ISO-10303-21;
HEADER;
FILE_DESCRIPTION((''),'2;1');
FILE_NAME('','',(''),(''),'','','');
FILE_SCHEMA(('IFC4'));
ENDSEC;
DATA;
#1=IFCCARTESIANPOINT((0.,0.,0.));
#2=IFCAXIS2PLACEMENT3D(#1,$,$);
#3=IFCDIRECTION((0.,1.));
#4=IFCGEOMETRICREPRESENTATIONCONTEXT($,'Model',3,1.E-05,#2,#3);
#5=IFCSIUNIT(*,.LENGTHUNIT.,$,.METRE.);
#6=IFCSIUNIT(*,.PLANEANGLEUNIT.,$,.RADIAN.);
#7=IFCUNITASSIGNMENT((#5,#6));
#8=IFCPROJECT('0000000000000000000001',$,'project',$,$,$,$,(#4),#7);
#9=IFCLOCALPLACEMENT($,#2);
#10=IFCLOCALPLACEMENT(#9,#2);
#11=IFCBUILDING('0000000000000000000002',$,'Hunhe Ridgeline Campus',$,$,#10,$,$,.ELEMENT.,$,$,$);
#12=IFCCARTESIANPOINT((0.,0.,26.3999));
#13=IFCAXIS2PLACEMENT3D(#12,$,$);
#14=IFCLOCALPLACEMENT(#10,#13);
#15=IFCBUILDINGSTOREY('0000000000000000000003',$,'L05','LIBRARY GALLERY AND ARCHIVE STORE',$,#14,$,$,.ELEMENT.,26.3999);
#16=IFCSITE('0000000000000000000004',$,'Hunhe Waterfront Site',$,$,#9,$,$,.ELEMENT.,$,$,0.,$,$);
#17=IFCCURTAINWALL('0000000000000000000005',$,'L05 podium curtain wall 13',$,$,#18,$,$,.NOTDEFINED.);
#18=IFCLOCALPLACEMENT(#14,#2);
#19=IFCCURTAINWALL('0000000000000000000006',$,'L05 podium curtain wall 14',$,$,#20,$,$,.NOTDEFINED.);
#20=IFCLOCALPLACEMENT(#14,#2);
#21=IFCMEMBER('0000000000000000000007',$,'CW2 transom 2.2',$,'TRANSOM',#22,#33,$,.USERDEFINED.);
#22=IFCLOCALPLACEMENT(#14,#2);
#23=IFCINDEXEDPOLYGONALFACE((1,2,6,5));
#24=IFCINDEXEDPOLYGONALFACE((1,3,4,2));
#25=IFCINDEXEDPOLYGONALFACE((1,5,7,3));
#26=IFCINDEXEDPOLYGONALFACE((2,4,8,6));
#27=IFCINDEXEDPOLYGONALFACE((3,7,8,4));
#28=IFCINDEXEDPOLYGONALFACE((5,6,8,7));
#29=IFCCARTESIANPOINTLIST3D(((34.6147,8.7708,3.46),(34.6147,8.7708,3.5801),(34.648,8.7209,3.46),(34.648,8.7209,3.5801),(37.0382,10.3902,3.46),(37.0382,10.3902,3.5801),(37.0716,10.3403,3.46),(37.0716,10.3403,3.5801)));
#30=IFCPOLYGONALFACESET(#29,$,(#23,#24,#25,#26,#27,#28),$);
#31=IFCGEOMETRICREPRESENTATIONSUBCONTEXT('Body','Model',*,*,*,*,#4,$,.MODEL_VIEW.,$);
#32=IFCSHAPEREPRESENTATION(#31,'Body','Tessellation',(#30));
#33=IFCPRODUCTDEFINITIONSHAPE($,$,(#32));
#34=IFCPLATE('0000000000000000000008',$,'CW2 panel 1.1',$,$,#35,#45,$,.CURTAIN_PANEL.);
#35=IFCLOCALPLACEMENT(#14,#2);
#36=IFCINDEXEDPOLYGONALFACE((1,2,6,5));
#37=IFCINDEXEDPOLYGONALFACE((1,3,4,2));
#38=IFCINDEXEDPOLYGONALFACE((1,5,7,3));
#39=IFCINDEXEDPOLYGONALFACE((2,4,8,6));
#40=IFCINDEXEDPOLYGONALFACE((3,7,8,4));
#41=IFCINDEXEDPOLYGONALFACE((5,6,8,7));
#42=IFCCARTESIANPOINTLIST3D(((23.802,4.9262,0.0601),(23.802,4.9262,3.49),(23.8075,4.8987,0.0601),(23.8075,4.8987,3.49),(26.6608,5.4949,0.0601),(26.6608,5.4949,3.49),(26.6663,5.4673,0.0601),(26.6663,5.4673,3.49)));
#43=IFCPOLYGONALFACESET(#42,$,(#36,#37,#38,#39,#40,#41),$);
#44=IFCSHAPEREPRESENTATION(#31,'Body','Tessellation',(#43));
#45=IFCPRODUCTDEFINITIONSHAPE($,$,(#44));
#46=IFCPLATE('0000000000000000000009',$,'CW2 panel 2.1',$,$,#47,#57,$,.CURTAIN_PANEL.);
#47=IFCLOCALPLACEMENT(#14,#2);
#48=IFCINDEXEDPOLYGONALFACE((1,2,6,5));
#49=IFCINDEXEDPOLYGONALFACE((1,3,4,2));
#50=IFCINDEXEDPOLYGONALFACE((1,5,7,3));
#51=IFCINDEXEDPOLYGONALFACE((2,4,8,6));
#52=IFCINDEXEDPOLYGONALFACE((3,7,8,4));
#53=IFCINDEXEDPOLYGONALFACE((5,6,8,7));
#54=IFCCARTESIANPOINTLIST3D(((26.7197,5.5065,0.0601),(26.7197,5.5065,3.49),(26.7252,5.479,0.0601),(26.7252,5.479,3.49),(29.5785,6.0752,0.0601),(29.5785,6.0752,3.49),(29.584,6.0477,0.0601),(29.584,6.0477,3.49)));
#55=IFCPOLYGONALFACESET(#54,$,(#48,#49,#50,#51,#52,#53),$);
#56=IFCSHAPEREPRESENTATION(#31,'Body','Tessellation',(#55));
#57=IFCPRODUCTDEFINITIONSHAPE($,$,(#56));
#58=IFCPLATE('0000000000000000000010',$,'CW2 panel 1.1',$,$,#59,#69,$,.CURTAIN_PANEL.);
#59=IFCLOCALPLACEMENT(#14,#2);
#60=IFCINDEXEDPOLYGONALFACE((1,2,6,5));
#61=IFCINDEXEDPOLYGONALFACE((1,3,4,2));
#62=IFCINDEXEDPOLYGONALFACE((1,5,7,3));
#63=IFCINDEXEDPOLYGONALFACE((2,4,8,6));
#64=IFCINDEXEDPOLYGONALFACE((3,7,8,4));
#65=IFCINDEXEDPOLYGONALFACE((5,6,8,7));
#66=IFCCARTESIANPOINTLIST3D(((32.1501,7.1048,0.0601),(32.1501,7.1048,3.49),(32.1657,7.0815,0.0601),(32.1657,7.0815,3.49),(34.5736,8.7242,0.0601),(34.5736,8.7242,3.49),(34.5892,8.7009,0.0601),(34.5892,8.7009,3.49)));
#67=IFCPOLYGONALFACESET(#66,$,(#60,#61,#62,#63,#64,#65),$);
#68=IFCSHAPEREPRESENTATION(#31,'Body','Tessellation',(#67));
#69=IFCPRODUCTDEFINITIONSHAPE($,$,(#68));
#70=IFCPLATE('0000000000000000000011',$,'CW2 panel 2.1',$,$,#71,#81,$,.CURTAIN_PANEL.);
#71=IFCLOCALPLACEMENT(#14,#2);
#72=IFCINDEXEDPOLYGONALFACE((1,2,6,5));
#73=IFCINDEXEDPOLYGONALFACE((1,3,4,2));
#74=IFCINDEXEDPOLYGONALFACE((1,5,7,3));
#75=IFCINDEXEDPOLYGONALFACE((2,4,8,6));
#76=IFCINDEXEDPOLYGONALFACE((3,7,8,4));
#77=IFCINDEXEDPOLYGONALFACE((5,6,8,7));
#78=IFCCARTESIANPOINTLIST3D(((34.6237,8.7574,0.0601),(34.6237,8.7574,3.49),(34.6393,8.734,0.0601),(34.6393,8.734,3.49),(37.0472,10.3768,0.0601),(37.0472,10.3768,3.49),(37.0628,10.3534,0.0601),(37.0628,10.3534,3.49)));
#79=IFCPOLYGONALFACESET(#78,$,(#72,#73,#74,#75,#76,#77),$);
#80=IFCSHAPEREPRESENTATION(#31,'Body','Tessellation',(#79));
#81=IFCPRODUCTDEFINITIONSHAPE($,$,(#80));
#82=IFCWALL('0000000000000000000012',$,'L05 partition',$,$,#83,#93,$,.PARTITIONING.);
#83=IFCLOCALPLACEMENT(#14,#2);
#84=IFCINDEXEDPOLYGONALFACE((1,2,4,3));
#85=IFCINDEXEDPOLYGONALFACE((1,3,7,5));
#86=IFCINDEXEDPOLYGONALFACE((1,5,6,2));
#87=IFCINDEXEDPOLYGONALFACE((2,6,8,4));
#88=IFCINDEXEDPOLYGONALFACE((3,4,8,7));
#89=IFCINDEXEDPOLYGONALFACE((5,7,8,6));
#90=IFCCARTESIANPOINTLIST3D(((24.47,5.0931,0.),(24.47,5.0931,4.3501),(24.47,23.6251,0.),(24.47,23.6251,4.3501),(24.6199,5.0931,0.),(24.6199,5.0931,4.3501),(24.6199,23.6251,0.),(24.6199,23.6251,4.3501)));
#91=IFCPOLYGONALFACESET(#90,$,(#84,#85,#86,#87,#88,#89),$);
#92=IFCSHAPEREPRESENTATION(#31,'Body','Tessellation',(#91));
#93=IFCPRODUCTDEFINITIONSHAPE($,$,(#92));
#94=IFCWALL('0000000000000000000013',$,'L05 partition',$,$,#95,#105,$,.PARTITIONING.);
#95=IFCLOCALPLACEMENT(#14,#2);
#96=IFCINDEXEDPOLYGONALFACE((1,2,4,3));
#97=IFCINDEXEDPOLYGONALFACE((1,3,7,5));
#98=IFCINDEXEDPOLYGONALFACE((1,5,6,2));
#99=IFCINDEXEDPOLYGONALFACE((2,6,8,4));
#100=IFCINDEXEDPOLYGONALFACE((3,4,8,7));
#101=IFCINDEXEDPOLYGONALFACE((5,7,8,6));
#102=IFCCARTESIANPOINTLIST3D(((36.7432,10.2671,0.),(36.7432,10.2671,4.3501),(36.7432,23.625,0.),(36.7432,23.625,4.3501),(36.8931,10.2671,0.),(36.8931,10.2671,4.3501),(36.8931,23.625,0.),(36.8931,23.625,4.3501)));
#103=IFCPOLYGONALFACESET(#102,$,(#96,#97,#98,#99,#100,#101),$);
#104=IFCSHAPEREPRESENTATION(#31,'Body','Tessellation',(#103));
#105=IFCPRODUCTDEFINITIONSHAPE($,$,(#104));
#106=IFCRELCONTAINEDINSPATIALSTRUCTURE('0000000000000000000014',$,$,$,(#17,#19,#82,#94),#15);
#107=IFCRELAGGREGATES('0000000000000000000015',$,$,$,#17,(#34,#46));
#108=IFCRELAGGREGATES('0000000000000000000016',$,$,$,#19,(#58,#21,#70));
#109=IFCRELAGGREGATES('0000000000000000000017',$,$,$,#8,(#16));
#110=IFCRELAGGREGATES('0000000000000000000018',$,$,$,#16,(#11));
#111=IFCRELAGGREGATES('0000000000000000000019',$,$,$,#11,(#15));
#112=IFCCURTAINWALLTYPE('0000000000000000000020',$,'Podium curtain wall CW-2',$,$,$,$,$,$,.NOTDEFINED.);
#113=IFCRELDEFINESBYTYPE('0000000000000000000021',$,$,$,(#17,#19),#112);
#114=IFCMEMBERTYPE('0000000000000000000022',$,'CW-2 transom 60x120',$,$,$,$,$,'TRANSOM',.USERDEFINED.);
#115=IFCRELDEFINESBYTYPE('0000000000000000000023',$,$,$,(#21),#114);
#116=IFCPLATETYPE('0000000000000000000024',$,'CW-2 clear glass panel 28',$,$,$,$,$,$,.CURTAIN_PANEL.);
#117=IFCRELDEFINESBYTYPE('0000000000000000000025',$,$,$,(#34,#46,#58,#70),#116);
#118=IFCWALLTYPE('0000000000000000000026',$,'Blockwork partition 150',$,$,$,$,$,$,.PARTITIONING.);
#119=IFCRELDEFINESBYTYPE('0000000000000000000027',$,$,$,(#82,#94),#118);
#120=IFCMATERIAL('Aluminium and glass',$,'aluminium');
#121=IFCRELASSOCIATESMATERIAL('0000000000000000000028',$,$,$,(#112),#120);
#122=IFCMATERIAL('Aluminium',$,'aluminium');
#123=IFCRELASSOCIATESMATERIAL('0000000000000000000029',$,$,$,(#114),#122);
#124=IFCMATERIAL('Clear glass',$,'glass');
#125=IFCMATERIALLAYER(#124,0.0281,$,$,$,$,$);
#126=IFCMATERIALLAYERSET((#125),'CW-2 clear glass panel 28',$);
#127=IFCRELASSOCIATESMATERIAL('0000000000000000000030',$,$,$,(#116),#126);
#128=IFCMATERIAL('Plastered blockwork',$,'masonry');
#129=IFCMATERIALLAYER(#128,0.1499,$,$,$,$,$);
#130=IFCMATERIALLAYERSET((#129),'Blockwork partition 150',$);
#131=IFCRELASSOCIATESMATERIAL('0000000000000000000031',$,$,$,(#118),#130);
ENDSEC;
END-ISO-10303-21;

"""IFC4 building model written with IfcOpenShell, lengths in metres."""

from ifc_helpers import new_model, si_unit, direction, frame, frame_2d, origin, origin_2d, place, context, subcontext, project, spatial, rectangle, extrude, material, layer, layer_set, material_profile, profile_set, type_object, element, aggregate, save


model = new_model("IFC4")

# Units and contexts
model_context = context("Model", 3, precision=1e-05, world=origin(), true_north=direction((0.0, 1.0)))
body_context = subcontext(model_context, "Body", "Model", "MODEL_VIEW")
ifc_project = project(units=[si_unit("LENGTHUNIT", "METRE"), si_unit("PLANEANGLEUNIT", "RADIAN")], contexts=[model_context])

# Site, building, storey
site_placement = place(None, origin())
site = spatial("IfcSite", under=ifc_project, at=site_placement, Name="Hunhe Waterfront Site", CompositionType="ELEMENT", RefElevation=0.0)
building_placement = place(site_placement, origin())
building = spatial("IfcBuilding", under=site, at=building_placement, Name="Hunhe Ridgeline Campus", CompositionType="ELEMENT")
storey_placement = place(building_placement, frame((0.0, 0.0, 26.3999)))
storey = spatial("IfcBuildingStorey", under=building, at=storey_placement, Name="L05", Description="LIBRARY GALLERY AND ARCHIVE STORE", CompositionType="ELEMENT", Elevation=26.3999)

# Curtain walls
ifc_material_1 = material(Name="Aluminium and glass", Category="aluminium")
curtain_wall_type = type_object("IfcCurtainWallType", Name="Podium curtain wall CW-2", PredefinedType="NOTDEFINED", material=ifc_material_1)
curtain_wall_1_placement = place(storey_placement, origin())
curtain_wall_1 = element("IfcCurtainWall", 1, at=curtain_wall_1_placement, inside=storey, type_object=curtain_wall_type, Name="L05 podium curtain wall 13", PredefinedType="NOTDEFINED")
ifc_material_2 = material(Name="Aluminium", Category="aluminium")
curtain_wall_2_placement = place(storey_placement, origin())
curtain_wall_2 = element("IfcCurtainWall", 2, at=curtain_wall_2_placement, inside=storey, type_object=curtain_wall_type, Name="L05 podium curtain wall 14", PredefinedType="NOTDEFINED")

# Member
ifc_material_profile_1 = material_profile(ifc_material_2, rectangle(XDim=0.0601, YDim=0.1201, at=origin_2d()))
ifc_profile_set_1 = profile_set([ifc_material_profile_1], Name="Aluminium")
member_type_1 = type_object("IfcMemberType", Name="CW-2 transom 60x120", ElementType="TRANSOM", PredefinedType="USERDEFINED", material=ifc_profile_set_1)
member_1_placement = place(storey_placement, frame((34.6313, 8.7458, 3.52), z_axis=(0.83147, 0.55557, 0.0), x_axis=(-0.55557, 0.83147, 0.0)))
member_1 = element("IfcMember", 3, at=member_1_placement, type_object=member_type_1, Name="CW2 transom 2.2", ObjectType="TRANSOM", PredefinedType="USERDEFINED", context=body_context, shape_type="SweptSolid", body=[
    extrude(rectangle(XDim=0.0601, YDim=0.1201, at=origin_2d()), origin(), (0.0, 0.0, 1.0), 2.9148),
])

# Plates
ifc_material_3 = material(Name="Clear glass", Category="glass")
ifc_layer_1 = layer(ifc_material_3, 0.0281)
ifc_layer_set_1 = layer_set([ifc_layer_1], Name="CW-2 clear glass panel 28")
plate_type = type_object("IfcPlateType", Name="CW-2 clear glass panel 28", PredefinedType="CURTAIN_PANEL", material=ifc_layer_set_1)
plate_1_placement = place(storey_placement, frame((25.2341, 5.1968, 0.0601), z_axis=(0.0, 0.0, 1.0), x_axis=(0.980784, 0.195098, 0.0)))
plate_1 = element("IfcPlate", 4, at=plate_1_placement, type_object=plate_type, Name="CW2 panel 1.1", PredefinedType="CURTAIN_PANEL", context=body_context, shape_type="SweptSolid", body=[
    extrude(rectangle(XDim=2.9148, YDim=0.0281, at=origin_2d()), origin(), (0.0, 0.0, 1.0), 3.4299),
])
plate_2_placement = place(storey_placement, frame((28.1519, 5.7771, 0.0601), z_axis=(0.0, 0.0, 1.0), x_axis=(0.980784, 0.195098, 0.0)))
plate_2 = element("IfcPlate", 5, at=plate_2_placement, type_object=plate_type, Name="CW2 panel 2.1", PredefinedType="CURTAIN_PANEL", context=body_context, shape_type="SweptSolid", body=[
    extrude(rectangle(XDim=2.9148, YDim=0.0281, at=origin_2d()), origin(), (0.0, 0.0, 1.0), 3.4299),
])
aggregate(curtain_wall_1, [plate_1, plate_2])
plate_3_placement = place(storey_placement, frame((33.3696, 7.9028, 0.0601), z_axis=(0.0, 0.0, 1.0), x_axis=(0.831464, 0.555579, 0.0)))
plate_3 = element("IfcPlate", 6, at=plate_3_placement, type_object=plate_type, Name="CW2 panel 1.1", PredefinedType="CURTAIN_PANEL", context=body_context, shape_type="SweptSolid", body=[
    extrude(rectangle(XDim=2.9148, YDim=0.0281, at=origin_2d()), origin(), (0.0, 0.0, 1.0), 3.4299),
])
plate_4_placement = place(storey_placement, frame((35.8433, 9.5554, 0.0601), z_axis=(0.0, 0.0, 1.0), x_axis=(0.831464, 0.555579, 0.0)))
plate_4 = element("IfcPlate", 7, at=plate_4_placement, type_object=plate_type, Name="CW2 panel 2.1", PredefinedType="CURTAIN_PANEL", context=body_context, shape_type="SweptSolid", body=[
    extrude(rectangle(XDim=2.9148, YDim=0.0281, at=origin_2d()), origin(), (0.0, 0.0, 1.0), 3.4299),
])
aggregate(curtain_wall_2, [plate_3, member_1, plate_4])

# Walls
ifc_material_4 = material(Name="Plastered blockwork", Category="masonry")
ifc_layer_2 = layer(ifc_material_4, 0.1499)
ifc_layer_set_2 = layer_set([ifc_layer_2], Name="Blockwork partition 150")
wall_type = type_object("IfcWallType", Name="Blockwork partition 150", PredefinedType="PARTITIONING", material=ifc_layer_set_2)
wall_1_placement = place(storey_placement, frame((24.5449, 5.093, 0.0), z_axis=(0.0, 0.0, 1.0), x_axis=(0.0, 1.0, 0.0)))
element("IfcWall", 8, at=wall_1_placement, inside=storey, type_object=wall_type, Name="L05 partition", PredefinedType="PARTITIONING", context=body_context, shape_type="SweptSolid", body=[
    extrude(rectangle(XDim=18.532, YDim=0.1499, at=frame_2d((9.2661, 0.0))), origin(), (0.0, 0.0, 1.0), 4.3501),
])
wall_2_placement = place(storey_placement, frame((36.8181, 10.2671, 0.0), z_axis=(0.0, 0.0, 1.0), x_axis=(0.0, 1.0, 0.0)))
element("IfcWall", 9, at=wall_2_placement, inside=storey, type_object=wall_type, Name="L05 partition", PredefinedType="PARTITIONING", context=body_context, shape_type="SweptSolid", body=[
    extrude(rectangle(XDim=13.3579, YDim=0.1499, at=frame_2d((6.679, 0.0))), origin(), (0.0, 0.0, 1.0), 4.3501),
])

save(model, "model.ifc")
